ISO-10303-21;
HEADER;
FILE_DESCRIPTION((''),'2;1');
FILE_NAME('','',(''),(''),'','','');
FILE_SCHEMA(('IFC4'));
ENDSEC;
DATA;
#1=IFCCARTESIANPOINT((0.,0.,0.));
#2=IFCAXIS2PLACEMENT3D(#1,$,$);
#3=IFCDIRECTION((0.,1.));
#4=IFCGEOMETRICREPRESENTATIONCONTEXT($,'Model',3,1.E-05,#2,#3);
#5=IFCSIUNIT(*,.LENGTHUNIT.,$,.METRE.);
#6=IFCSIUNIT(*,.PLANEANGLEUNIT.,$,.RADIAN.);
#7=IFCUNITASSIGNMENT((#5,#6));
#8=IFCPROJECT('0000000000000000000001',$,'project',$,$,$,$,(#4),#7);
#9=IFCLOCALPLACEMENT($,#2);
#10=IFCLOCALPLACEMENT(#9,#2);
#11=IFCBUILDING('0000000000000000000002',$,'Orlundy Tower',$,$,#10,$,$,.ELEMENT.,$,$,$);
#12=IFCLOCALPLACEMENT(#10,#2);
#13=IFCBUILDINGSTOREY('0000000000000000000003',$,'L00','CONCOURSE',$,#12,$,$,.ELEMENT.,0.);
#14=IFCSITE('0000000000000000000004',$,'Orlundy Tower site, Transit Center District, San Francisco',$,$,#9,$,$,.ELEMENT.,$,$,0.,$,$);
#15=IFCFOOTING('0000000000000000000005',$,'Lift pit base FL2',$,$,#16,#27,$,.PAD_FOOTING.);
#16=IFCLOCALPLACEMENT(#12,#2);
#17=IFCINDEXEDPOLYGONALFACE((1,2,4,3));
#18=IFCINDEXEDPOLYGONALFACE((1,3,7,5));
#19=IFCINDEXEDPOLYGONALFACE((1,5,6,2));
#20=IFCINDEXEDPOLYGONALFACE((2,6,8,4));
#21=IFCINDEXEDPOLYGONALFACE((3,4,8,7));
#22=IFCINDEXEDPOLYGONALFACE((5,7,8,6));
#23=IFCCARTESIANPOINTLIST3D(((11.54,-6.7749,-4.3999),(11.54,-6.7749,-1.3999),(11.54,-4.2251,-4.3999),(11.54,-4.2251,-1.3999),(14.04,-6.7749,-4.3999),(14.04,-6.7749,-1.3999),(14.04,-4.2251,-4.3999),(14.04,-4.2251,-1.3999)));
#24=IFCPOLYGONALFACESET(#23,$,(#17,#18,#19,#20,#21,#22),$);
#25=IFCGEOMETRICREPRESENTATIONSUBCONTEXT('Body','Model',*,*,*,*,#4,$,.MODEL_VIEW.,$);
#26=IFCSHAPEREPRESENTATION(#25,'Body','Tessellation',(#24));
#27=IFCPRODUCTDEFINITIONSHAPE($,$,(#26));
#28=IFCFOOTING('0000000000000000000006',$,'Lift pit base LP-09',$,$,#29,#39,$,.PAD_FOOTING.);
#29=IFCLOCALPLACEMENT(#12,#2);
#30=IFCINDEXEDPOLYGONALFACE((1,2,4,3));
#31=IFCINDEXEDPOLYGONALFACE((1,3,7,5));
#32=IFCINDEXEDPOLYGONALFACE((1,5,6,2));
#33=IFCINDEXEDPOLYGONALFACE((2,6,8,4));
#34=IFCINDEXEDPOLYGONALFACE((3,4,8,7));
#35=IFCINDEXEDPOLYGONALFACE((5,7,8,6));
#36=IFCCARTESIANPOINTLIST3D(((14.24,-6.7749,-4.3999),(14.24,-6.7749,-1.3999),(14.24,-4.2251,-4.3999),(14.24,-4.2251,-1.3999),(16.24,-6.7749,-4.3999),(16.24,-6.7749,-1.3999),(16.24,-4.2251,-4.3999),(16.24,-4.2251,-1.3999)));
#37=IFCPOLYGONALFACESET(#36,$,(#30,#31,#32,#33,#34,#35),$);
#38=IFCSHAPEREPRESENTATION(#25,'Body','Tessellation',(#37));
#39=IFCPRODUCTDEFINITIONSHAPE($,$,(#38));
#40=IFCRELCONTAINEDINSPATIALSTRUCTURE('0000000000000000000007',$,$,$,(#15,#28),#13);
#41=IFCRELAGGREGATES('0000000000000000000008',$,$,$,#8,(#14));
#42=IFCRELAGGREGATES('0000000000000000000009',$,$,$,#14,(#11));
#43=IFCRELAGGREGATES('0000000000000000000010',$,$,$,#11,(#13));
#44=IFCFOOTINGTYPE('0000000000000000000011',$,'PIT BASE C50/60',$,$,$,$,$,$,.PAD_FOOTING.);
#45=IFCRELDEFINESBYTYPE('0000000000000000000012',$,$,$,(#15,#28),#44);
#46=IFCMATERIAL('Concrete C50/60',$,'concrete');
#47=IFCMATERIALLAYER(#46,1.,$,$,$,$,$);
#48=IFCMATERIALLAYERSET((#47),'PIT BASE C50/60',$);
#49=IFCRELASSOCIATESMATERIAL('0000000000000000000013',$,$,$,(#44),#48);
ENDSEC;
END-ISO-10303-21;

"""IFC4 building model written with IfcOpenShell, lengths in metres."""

from ifc_helpers import new_model, si_unit, direction, frame, origin, place, context, subcontext, project, spatial, polyline, outline, extrude, material, layer, layer_set, type_object, element, save


model = new_model("IFC4")

# Units and contexts
model_context = context("Model", 3, precision=1e-05, world=origin(), true_north=direction((0.0, 1.0)))
body_context = subcontext(model_context, "Body", "Model", "MODEL_VIEW")
ifc_project = project(units=[si_unit("LENGTHUNIT", "METRE"), si_unit("PLANEANGLEUNIT", "RADIAN")], contexts=[model_context])

# Site, building, storey
site_placement = place(None, origin())
site = spatial("IfcSite", under=ifc_project, at=site_placement, Name="Orlundy Tower site, Transit Center District, San Francisco", CompositionType="ELEMENT", RefElevation=0.0)
building_placement = place(site_placement, origin())
building = spatial("IfcBuilding", under=site, at=building_placement, Name="Orlundy Tower", CompositionType="ELEMENT")
storey_placement = place(building_placement, origin())
storey = spatial("IfcBuildingStorey", under=building, at=storey_placement, Name="L00", Description="CONCOURSE", CompositionType="ELEMENT", Elevation=0.0)

# Footings
ifc_material_1 = material(Name="Concrete C50/60", Category="concrete")
ifc_layer_1 = layer(ifc_material_1, 1.0)
ifc_layer_set_1 = layer_set([ifc_layer_1], Name="PIT BASE C50/60")
footing_type_1 = type_object("IfcFootingType", Name="PIT BASE C50/60", PredefinedType="PAD_FOOTING", material=ifc_layer_set_1)
footing_1_placement = place(storey_placement, frame((0.0, 0.0, -4.3999)))
element("IfcFooting", 1, at=footing_1_placement, inside=storey, type_object=footing_type_1, Name="Lift pit base FL2", PredefinedType="PAD_FOOTING", context=body_context, shape_type="SweptSolid", body=[
    extrude(outline(polyline([(11.54, -4.2251), (14.04, -4.2251), (14.04, -6.7749), (11.54, -6.7749), (11.54, -4.2251)])), origin(), (0.0, 0.0, 1.0), 3.0),
])
footing_2_placement = place(storey_placement, frame((0.0, 0.0, -4.3999)))
element("IfcFooting", 2, at=footing_2_placement, inside=storey, type_object=footing_type_1, Name="Lift pit base LP-09", PredefinedType="PAD_FOOTING", context=body_context, shape_type="SweptSolid", body=[
    extrude(outline(polyline([(14.24, -4.2251), (16.24, -4.2251), (16.24, -6.7749), (14.24, -6.7749), (14.24, -4.2251)])), origin(), (0.0, 0.0, 1.0), 3.0),
])

save(model, "model.ifc")
